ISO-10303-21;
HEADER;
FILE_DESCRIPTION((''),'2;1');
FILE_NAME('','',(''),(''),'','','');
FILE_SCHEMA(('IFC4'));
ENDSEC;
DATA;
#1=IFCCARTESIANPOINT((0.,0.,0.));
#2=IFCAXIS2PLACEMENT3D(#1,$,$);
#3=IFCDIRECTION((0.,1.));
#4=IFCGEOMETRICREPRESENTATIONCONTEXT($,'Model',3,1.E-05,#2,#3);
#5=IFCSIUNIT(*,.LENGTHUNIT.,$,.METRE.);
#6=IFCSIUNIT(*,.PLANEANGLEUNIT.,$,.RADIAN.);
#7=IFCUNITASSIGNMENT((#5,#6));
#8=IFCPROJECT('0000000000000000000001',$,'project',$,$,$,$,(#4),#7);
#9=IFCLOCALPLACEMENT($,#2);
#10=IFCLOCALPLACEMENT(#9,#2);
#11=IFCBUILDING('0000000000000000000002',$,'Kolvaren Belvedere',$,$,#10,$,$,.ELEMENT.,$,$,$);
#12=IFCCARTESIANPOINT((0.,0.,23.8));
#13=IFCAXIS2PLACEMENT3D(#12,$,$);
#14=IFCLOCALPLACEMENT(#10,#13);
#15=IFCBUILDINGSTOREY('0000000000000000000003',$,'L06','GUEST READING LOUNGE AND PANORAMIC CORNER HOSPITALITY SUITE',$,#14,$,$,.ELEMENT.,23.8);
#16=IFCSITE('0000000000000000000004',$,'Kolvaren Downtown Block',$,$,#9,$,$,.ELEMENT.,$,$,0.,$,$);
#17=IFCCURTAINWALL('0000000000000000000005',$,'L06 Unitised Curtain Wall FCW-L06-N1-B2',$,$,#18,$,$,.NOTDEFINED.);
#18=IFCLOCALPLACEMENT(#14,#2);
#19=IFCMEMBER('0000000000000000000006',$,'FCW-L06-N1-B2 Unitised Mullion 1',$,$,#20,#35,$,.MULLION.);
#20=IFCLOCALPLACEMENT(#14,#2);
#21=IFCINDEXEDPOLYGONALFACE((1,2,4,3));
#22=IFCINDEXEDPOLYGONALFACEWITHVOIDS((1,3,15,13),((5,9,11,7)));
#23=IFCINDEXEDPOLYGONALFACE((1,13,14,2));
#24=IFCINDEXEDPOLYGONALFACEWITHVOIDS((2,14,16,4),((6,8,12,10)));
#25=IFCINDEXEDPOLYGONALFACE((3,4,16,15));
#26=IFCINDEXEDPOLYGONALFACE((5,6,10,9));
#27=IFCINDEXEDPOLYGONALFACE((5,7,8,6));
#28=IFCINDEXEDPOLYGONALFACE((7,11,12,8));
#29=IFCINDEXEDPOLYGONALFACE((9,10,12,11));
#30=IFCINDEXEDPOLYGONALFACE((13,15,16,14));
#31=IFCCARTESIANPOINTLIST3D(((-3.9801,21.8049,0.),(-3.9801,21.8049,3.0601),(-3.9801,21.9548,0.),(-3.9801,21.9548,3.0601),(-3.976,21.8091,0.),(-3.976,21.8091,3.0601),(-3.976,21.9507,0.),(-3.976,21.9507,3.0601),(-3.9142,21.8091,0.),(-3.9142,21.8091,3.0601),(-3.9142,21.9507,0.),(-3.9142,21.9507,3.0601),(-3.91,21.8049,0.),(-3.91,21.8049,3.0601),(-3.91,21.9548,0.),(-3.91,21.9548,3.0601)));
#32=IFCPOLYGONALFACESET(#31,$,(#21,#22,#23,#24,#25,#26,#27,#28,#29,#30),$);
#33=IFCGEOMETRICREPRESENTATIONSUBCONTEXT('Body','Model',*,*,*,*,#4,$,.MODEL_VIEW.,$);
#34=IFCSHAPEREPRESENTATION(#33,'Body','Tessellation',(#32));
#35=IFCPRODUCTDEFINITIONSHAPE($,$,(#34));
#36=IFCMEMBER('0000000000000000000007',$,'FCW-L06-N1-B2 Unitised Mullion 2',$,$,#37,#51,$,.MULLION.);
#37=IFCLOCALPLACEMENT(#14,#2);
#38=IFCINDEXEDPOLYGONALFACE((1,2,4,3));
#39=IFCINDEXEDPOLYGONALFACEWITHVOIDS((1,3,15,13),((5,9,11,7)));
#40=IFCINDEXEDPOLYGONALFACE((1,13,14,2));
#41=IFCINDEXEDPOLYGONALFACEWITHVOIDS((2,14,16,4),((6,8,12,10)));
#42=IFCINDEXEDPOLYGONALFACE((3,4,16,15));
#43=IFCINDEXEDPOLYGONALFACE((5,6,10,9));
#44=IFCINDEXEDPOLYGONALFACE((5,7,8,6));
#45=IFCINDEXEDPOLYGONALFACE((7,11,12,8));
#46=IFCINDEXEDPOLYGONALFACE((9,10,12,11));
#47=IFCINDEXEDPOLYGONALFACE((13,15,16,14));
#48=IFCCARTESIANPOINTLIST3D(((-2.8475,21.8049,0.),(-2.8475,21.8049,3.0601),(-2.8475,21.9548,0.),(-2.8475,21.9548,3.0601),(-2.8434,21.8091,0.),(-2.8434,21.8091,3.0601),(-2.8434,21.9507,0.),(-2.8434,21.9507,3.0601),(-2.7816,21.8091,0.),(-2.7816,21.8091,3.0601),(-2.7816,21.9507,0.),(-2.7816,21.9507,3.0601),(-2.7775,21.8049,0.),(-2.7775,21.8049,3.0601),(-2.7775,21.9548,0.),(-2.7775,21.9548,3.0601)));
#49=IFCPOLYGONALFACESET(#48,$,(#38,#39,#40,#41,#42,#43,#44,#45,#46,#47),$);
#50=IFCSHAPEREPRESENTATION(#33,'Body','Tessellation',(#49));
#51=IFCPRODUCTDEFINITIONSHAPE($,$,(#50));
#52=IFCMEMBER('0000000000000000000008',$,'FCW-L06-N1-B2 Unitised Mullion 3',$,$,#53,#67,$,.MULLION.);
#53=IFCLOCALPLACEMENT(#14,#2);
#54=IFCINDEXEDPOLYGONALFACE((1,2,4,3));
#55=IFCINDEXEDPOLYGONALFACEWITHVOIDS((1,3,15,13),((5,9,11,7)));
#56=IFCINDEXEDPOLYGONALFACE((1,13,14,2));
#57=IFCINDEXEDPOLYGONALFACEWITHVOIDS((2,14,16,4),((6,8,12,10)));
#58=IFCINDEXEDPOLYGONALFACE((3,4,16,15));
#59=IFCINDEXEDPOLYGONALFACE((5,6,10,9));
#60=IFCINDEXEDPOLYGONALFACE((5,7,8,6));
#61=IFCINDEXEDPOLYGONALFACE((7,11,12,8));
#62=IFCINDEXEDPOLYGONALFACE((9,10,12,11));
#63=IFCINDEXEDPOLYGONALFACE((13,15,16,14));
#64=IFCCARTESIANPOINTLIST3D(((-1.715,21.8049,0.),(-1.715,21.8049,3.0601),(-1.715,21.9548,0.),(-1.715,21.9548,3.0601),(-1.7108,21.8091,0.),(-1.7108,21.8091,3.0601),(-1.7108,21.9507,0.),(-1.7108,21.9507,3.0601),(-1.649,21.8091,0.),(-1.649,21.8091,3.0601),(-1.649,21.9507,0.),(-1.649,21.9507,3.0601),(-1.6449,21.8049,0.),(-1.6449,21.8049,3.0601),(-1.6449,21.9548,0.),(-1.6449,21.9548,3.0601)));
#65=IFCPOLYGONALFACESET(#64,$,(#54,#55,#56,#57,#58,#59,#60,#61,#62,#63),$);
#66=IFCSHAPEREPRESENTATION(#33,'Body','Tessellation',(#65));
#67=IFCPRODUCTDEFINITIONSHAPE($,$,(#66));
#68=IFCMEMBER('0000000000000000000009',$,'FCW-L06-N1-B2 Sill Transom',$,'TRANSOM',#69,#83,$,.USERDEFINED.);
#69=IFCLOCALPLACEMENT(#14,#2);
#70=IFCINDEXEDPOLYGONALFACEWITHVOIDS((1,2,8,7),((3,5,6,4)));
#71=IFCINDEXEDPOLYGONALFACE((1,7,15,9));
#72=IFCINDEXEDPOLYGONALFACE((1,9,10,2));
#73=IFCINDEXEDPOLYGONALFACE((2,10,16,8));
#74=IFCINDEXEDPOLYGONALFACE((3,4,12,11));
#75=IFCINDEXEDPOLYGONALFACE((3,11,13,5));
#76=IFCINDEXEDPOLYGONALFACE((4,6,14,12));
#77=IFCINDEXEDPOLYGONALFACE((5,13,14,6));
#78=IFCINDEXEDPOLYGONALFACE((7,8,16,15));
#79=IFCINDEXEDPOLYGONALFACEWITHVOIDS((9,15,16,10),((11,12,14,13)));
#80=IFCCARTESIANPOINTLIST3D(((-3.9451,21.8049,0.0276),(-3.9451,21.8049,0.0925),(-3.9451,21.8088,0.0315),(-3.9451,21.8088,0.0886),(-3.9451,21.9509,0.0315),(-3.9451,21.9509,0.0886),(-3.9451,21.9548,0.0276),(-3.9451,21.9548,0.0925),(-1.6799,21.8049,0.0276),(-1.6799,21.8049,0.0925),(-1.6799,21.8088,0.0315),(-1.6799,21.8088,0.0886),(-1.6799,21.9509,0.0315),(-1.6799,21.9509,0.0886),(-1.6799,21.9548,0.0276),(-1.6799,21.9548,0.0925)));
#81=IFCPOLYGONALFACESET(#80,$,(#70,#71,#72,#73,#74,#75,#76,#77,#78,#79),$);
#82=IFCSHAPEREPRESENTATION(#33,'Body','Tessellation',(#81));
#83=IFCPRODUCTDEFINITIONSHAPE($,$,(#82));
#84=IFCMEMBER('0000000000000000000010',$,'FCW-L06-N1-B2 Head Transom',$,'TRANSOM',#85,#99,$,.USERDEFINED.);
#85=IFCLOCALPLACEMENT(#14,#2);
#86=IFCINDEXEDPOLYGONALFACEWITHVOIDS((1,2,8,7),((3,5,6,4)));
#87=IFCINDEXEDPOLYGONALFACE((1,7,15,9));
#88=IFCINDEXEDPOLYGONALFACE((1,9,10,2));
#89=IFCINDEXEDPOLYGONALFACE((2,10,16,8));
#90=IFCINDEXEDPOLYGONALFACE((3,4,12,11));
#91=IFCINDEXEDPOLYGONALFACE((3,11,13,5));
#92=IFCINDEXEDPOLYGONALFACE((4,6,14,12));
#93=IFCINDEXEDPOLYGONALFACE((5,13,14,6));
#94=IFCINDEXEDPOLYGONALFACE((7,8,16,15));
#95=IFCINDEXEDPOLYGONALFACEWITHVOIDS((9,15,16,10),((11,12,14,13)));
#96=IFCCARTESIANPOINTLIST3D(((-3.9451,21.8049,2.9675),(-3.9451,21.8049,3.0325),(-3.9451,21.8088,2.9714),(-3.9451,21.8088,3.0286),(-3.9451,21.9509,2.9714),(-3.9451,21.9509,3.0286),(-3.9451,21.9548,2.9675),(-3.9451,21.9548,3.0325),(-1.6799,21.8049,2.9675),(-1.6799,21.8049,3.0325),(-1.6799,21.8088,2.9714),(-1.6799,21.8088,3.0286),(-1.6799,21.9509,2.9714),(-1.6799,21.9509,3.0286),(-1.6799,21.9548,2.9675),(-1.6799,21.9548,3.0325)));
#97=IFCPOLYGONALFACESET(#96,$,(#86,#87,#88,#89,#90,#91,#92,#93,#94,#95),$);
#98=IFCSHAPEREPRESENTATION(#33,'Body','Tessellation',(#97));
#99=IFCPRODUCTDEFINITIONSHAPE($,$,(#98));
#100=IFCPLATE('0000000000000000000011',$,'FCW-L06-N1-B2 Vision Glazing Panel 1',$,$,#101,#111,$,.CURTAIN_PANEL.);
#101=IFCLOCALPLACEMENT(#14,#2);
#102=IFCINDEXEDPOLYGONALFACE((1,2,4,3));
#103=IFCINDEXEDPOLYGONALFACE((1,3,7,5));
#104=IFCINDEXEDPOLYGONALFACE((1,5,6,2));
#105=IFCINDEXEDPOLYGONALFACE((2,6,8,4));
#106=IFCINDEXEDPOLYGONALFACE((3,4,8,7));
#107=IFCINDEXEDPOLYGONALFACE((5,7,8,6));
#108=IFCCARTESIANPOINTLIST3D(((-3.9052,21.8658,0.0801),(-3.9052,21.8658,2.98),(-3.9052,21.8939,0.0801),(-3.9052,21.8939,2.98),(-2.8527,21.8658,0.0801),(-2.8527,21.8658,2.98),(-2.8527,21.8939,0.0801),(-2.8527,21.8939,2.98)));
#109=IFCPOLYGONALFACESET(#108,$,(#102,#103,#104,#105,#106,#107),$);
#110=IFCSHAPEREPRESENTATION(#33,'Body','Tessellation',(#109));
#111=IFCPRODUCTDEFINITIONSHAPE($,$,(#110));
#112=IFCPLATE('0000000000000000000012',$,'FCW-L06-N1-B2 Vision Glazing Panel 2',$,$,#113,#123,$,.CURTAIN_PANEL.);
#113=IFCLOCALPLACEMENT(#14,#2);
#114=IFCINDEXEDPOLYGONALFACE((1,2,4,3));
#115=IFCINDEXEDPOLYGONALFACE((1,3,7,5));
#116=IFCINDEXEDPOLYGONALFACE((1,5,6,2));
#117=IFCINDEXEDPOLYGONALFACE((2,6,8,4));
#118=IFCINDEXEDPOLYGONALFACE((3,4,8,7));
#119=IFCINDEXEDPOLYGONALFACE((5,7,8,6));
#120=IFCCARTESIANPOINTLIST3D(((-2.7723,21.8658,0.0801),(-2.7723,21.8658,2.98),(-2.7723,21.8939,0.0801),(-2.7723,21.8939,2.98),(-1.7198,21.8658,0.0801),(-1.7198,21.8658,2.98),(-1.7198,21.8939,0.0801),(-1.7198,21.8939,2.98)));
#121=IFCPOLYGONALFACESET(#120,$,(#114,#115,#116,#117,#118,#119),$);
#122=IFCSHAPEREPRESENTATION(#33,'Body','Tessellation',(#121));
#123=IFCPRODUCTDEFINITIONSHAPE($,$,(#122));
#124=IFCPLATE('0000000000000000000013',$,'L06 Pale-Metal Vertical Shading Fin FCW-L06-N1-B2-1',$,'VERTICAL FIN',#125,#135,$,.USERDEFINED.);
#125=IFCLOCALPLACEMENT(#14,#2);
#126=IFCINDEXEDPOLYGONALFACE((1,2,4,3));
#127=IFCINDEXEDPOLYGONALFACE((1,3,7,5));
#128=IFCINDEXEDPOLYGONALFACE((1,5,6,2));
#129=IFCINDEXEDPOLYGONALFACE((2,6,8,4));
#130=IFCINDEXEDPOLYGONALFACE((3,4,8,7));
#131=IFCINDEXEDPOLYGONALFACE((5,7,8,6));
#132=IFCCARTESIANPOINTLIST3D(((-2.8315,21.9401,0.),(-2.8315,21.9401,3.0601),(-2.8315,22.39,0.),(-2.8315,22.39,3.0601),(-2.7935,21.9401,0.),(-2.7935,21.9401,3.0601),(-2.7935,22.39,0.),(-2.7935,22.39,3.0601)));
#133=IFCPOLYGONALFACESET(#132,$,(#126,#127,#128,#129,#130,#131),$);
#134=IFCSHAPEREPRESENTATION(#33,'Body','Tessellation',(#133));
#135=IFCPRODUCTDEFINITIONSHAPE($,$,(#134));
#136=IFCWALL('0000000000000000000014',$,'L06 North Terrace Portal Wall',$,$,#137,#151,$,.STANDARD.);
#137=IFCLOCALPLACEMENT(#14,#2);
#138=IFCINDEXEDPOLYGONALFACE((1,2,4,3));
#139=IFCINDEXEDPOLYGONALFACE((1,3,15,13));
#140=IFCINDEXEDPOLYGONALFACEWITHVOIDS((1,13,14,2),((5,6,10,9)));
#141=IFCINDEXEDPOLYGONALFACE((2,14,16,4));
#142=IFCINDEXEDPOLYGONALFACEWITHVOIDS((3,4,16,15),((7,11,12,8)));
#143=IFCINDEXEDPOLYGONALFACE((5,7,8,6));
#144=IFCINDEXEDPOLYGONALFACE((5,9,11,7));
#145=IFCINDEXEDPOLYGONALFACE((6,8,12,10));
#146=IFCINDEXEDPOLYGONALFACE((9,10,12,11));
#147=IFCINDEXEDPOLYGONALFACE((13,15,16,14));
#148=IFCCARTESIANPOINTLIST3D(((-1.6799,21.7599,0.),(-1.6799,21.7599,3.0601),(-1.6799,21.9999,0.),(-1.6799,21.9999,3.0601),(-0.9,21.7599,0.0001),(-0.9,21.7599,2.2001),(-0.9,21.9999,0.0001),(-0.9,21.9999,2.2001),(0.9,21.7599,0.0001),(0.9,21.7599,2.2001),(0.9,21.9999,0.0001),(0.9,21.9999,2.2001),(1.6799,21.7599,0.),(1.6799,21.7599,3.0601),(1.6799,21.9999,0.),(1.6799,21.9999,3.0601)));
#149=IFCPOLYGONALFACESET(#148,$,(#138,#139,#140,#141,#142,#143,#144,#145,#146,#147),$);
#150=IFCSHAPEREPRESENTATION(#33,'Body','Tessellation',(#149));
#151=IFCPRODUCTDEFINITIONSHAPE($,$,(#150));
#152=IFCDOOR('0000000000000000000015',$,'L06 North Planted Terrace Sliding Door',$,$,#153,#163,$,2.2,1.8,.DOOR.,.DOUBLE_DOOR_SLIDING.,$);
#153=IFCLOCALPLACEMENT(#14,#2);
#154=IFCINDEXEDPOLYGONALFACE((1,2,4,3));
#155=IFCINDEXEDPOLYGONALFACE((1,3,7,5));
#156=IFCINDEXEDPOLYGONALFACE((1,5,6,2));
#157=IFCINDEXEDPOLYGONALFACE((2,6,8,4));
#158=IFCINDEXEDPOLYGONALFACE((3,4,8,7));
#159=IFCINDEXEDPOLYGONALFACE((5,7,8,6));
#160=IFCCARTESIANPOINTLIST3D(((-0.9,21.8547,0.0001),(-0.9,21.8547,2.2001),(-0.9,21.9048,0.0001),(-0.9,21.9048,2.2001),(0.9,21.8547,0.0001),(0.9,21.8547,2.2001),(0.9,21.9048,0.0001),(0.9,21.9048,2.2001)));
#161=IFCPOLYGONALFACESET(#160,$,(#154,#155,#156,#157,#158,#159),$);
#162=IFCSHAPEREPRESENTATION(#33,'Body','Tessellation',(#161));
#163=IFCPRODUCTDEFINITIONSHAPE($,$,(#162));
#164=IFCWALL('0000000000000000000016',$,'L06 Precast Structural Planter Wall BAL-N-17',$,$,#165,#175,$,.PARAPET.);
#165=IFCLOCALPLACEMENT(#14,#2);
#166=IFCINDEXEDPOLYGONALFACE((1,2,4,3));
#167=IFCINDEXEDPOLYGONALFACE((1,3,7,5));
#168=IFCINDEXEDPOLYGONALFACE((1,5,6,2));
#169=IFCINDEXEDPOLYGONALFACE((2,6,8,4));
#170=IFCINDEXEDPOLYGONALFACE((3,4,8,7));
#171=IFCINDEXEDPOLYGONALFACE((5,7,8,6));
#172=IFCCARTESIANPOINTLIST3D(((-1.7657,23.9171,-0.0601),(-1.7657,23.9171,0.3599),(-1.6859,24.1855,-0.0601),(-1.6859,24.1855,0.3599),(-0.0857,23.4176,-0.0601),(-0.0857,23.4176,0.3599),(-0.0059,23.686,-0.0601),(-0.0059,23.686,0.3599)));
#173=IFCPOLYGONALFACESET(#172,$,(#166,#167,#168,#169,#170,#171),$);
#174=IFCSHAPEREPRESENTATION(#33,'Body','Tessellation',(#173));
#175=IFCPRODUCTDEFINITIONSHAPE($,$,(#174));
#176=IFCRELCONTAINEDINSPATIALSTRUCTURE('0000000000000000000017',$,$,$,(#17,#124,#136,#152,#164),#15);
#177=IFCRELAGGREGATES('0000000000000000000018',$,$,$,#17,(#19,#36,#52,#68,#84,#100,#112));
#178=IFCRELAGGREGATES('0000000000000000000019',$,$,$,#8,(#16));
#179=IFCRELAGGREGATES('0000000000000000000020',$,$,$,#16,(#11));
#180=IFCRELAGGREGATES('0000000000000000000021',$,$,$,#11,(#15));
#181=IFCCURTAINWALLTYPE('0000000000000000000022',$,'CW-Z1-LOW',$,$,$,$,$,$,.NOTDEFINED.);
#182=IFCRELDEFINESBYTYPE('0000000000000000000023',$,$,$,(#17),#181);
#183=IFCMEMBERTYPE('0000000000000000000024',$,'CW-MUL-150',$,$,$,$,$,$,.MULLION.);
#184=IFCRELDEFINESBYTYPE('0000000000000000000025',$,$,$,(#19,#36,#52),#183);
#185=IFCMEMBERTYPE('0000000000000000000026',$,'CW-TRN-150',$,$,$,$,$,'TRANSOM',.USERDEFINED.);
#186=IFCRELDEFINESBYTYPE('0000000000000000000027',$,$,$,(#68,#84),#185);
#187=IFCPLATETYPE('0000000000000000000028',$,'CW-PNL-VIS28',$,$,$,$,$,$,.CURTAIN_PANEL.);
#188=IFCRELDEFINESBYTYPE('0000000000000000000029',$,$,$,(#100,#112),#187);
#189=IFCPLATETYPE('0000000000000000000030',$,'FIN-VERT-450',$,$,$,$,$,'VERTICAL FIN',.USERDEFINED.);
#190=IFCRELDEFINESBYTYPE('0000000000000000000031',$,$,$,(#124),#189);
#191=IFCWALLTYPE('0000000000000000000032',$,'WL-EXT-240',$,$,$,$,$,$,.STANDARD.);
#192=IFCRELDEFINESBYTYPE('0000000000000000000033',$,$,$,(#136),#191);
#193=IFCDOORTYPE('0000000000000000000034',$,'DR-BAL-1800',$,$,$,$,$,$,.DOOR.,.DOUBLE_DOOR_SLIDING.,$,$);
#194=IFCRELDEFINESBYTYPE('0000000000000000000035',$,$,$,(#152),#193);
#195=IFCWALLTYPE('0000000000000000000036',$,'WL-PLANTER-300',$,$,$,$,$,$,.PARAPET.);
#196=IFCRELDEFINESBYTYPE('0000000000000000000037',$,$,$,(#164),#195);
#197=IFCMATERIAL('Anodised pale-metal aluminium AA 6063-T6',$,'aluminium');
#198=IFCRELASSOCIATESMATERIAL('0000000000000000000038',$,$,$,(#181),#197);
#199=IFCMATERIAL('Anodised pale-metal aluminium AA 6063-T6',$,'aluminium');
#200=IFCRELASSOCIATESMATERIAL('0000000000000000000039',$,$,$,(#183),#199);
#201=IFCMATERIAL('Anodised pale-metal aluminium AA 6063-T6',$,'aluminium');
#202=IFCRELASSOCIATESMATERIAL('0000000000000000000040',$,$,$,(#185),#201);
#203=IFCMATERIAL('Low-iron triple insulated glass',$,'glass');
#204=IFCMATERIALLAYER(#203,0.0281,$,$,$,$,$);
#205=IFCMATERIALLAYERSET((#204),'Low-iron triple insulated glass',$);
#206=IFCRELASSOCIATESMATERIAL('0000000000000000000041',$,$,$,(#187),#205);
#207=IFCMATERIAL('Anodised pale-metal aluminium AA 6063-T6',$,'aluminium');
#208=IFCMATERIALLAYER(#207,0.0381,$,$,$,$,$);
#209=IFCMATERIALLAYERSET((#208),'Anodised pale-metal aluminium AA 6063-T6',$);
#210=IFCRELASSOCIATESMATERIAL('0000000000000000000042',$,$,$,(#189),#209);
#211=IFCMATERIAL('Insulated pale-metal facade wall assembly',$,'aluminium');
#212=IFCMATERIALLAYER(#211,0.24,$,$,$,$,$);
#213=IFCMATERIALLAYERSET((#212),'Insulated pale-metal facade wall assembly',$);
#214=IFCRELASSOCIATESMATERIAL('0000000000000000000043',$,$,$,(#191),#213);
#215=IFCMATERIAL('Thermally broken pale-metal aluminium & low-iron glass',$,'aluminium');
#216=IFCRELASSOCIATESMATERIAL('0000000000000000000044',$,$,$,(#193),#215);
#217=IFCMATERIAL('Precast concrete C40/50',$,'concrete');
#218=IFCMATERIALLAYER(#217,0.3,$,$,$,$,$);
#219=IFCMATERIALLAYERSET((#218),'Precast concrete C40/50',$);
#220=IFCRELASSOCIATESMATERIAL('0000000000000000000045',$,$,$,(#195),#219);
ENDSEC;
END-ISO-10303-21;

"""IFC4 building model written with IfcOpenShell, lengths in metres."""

from ifc_helpers import new_model, si_unit, direction, frame, frame_2d, origin, origin_2d, place, context, subcontext, project, spatial, rectangle, hollow_rectangle, extrude, material, layer, layer_set, material_profile, profile_set, type_object, element, fill, aggregate, save


model = new_model("IFC4")

# Units and contexts
model_context = context("Model", 3, precision=1e-05, world=origin(), true_north=direction((0.0, 1.0)))
body_context = subcontext(model_context, "Body", "Model", "MODEL_VIEW")
ifc_project = project(units=[si_unit("LENGTHUNIT", "METRE"), si_unit("PLANEANGLEUNIT", "RADIAN")], contexts=[model_context])

# Site, building, storey
site_placement = place(None, origin())
site = spatial("IfcSite", under=ifc_project, at=site_placement, Name="Kolvaren Downtown Block", CompositionType="ELEMENT", RefElevation=0.0)
building_placement = place(site_placement, origin())
building = spatial("IfcBuilding", under=site, at=building_placement, Name="Kolvaren Belvedere", CompositionType="ELEMENT")
storey_placement = place(building_placement, frame((0.0, 0.0, 23.8)))
storey = spatial("IfcBuildingStorey", under=building, at=storey_placement, Name="L06", Description="GUEST READING LOUNGE AND PANORAMIC CORNER HOSPITALITY SUITE", CompositionType="ELEMENT", Elevation=23.8)

# Shared definitions
ifc_material_1 = material(Name="Anodised pale-metal aluminium AA 6063-T6", Category="aluminium")
curtain_wall_type = type_object("IfcCurtainWallType", Name="CW-Z1-LOW", PredefinedType="NOTDEFINED", material=ifc_material_1)
ifc_material_2 = material(Name="Anodised pale-metal aluminium AA 6063-T6", Category="aluminium")
ifc_material_profile_1 = material_profile(ifc_material_2, hollow_rectangle(XDim=0.0701, YDim=0.1499, WallThickness=0.0042, at=origin_2d()), Name="ALU-MUL-150X70")
ifc_profile_set_1 = profile_set([ifc_material_profile_1], Name="Anodised pale-metal aluminium AA 6063-T6")
member_type_1 = type_object("IfcMemberType", Name="CW-MUL-150", PredefinedType="MULLION", material=ifc_profile_set_1)

# Curtain wall, members, plates
curtain_wall_1_placement = place(storey_placement, origin())
curtain_wall_1 = element("IfcCurtainWall", 1, at=curtain_wall_1_placement, inside=storey, type_object=curtain_wall_type, Name="L06 Unitised Curtain Wall FCW-L06-N1-B2", PredefinedType="NOTDEFINED")
member_1_placement = place(storey_placement, frame((-3.9451, 21.8799, 0.0), z_axis=(0.0, 0.0, 1.0), x_axis=(1.0, 0.0, 0.0)))
member_1 = element("IfcMember", 2, at=member_1_placement, type_object=member_type_1, Name="FCW-L06-N1-B2 Unitised Mullion 1", PredefinedType="MULLION", context=body_context, shape_type="SweptSolid", body=[
    extrude(hollow_rectangle(XDim=0.0701, YDim=0.1499, WallThickness=0.0042, at=origin_2d()), origin(), (0.0, 0.0, 1.0), 3.0601),
])
member_2_placement = place(storey_placement, frame((-2.8125, 21.8799, 0.0), z_axis=(0.0, 0.0, 1.0), x_axis=(1.0, 0.0, 0.0)))
member_2 = element("IfcMember", 3, at=member_2_placement, type_object=member_type_1, Name="FCW-L06-N1-B2 Unitised Mullion 2", PredefinedType="MULLION", context=body_context, shape_type="SweptSolid", body=[
    extrude(hollow_rectangle(XDim=0.0701, YDim=0.1499, WallThickness=0.0042, at=origin_2d()), origin(), (0.0, 0.0, 1.0), 3.0601),
])
member_3_placement = place(storey_placement, frame((-1.6799, 21.8799, 0.0), z_axis=(0.0, 0.0, 1.0), x_axis=(1.0, 0.0, 0.0)))
member_3 = element("IfcMember", 4, at=member_3_placement, type_object=member_type_1, Name="FCW-L06-N1-B2 Unitised Mullion 3", PredefinedType="MULLION", context=body_context, shape_type="SweptSolid", body=[
    extrude(hollow_rectangle(XDim=0.0701, YDim=0.1499, WallThickness=0.0042, at=origin_2d()), origin(), (0.0, 0.0, 1.0), 3.0601),
])
ifc_material_3 = material(Name="Anodised pale-metal aluminium AA 6063-T6", Category="aluminium")
ifc_material_profile_2 = material_profile(ifc_material_3, hollow_rectangle(XDim=0.0649, YDim=0.1499, WallThickness=0.0039, at=origin_2d()), Name="ALU-TRN-150X65")
ifc_profile_set_2 = profile_set([ifc_material_profile_2], Name="Anodised pale-metal aluminium AA 6063-T6")
member_type_2 = type_object("IfcMemberType", Name="CW-TRN-150", ElementType="TRANSOM", PredefinedType="USERDEFINED", material=ifc_profile_set_2)
member_4_placement = place(storey_placement, frame((-3.9451, 21.8799, 0.0601), z_axis=(1.0, 0.0, 0.0), x_axis=(0.0, 0.0, 1.0)))
member_4 = element("IfcMember", 5, at=member_4_placement, type_object=member_type_2, Name="FCW-L06-N1-B2 Sill Transom", ObjectType="TRANSOM", PredefinedType="USERDEFINED", context=body_context, shape_type="SweptSolid", body=[
    extrude(hollow_rectangle(XDim=0.0649, YDim=0.1499, WallThickness=0.0039, at=origin_2d()), origin(), (0.0, 0.0, 1.0), 2.2651),
])
member_5_placement = place(storey_placement, frame((-3.9451, 21.8799, 3.0), z_axis=(1.0, 0.0, 0.0), x_axis=(0.0, 0.0, 1.0)))
member_5 = element("IfcMember", 6, at=member_5_placement, type_object=member_type_2, Name="FCW-L06-N1-B2 Head Transom", ObjectType="TRANSOM", PredefinedType="USERDEFINED", context=body_context, shape_type="SweptSolid", body=[
    extrude(hollow_rectangle(XDim=0.0649, YDim=0.1499, WallThickness=0.0039, at=origin_2d()), origin(), (0.0, 0.0, 1.0), 2.2651),
])
ifc_material_4 = material(Name="Low-iron triple insulated glass", Category="glass")
ifc_layer_1 = layer(ifc_material_4, 0.0281)
ifc_layer_set_1 = layer_set([ifc_layer_1], Name="Low-iron triple insulated glass")
plate_type_1 = type_object("IfcPlateType", Name="CW-PNL-VIS28", PredefinedType="CURTAIN_PANEL", material=ifc_layer_set_1)
plate_1_placement = place(storey_placement, frame((-3.3789, 21.8799, 0.0801), z_axis=(0.0, 0.0, 1.0), x_axis=(1.0, 0.0, 0.0)))
plate_1 = element("IfcPlate", 7, at=plate_1_placement, type_object=plate_type_1, Name="FCW-L06-N1-B2 Vision Glazing Panel 1", PredefinedType="CURTAIN_PANEL", context=body_context, shape_type="SweptSolid", body=[
    extrude(rectangle(XDim=1.0525, YDim=0.0281, at=origin_2d()), origin(), (0.0, 0.0, 1.0), 2.8999),
])
plate_2_placement = place(storey_placement, frame((-2.2461, 21.8799, 0.0801), z_axis=(0.0, 0.0, 1.0), x_axis=(1.0, 0.0, 0.0)))
plate_2 = element("IfcPlate", 8, at=plate_2_placement, type_object=plate_type_1, Name="FCW-L06-N1-B2 Vision Glazing Panel 2", PredefinedType="CURTAIN_PANEL", context=body_context, shape_type="SweptSolid", body=[
    extrude(rectangle(XDim=1.0525, YDim=0.0281, at=origin_2d()), origin(), (0.0, 0.0, 1.0), 2.8999),
])
aggregate(curtain_wall_1, [member_1, member_2, member_3, member_4, member_5, plate_1, plate_2])

# Plate
ifc_material_5 = material(Name="Anodised pale-metal aluminium AA 6063-T6", Category="aluminium")
ifc_layer_2 = layer(ifc_material_5, 0.0381)
ifc_layer_set_2 = layer_set([ifc_layer_2], Name="Anodised pale-metal aluminium AA 6063-T6")
plate_type_2 = type_object("IfcPlateType", Name="FIN-VERT-450", ElementType="VERTICAL FIN", PredefinedType="USERDEFINED", material=ifc_layer_set_2)
plate_3_placement = place(storey_placement, frame((-2.8125, 22.165, 0.0), z_axis=(0.0, 0.0, 1.0), x_axis=(0.0, 1.0, 0.0)))
element("IfcPlate", 9, at=plate_3_placement, inside=storey, type_object=plate_type_2, Name="L06 Pale-Metal Vertical Shading Fin FCW-L06-N1-B2-1", ObjectType="VERTICAL FIN", PredefinedType="USERDEFINED", context=body_context, shape_type="SweptSolid", body=[
    extrude(rectangle(XDim=0.45, YDim=0.0381, at=origin_2d()), origin(), (0.0, 0.0, 1.0), 3.0601),
])

# Wall, opening, door
ifc_material_6 = material(Name="Insulated pale-metal facade wall assembly", Category="aluminium")
ifc_layer_3 = layer(ifc_material_6, 0.24)
ifc_layer_set_3 = layer_set([ifc_layer_3], Name="Insulated pale-metal facade wall assembly")
wall_type_1 = type_object("IfcWallType", Name="WL-EXT-240", PredefinedType="STANDARD", material=ifc_layer_set_3)
wall_1_placement = place(storey_placement, frame((-1.6799, 21.8799, 0.0), z_axis=(0.0, 0.0, 1.0), x_axis=(1.0, 0.0, 0.0)))
wall_1 = element("IfcWall", 10, at=wall_1_placement, inside=storey, type_object=wall_type_1, Name="L06 North Terrace Portal Wall", PredefinedType="STANDARD", context=body_context, shape_type="SweptSolid", body=[
    extrude(rectangle(XDim=3.3599, YDim=0.24, at=frame_2d((1.6799, 0.0))), origin(), (0.0, 0.0, 1.0), 3.0601),
])
opening_placement = place(wall_1_placement, frame((0.78, 0.0, 0.0)))
opening = element("IfcOpeningElement", 11, at=opening_placement, cuts=wall_1, PredefinedType="OPENING", context=body_context, shape_type="SweptSolid", body=[
    extrude(rectangle(XDim=1.8, YDim=2.2, at=frame_2d((0.8999, 1.1001))), frame((0.0, 0.1299, 0.0), z_axis=(0.0, -1.0, 0.0), x_axis=(1.0, 0.0, 0.0)), (0.0, 0.0, 1.0), 0.26),
])
ifc_material_7 = material(Name="Thermally broken pale-metal aluminium & low-iron glass", Category="aluminium")
door_type = type_object("IfcDoorType", Name="DR-BAL-1800", OperationType="DOUBLE_DOOR_SLIDING", PredefinedType="DOOR", material=ifc_material_7)
door_placement = place(opening_placement, origin())
door = element("IfcDoor", 12, at=door_placement, inside=storey, type_object=door_type, Name="L06 North Planted Terrace Sliding Door", OperationType="DOUBLE_DOOR_SLIDING", OverallHeight=2.2, OverallWidth=1.8, PredefinedType="DOOR", context=body_context, shape_type="SweptSolid", body=[
    extrude(rectangle(XDim=1.8, YDim=2.2, at=frame_2d((0.8999, 1.1001))), frame((0.0, 0.0249, 0.0), z_axis=(0.0, -1.0, 0.0), x_axis=(1.0, 0.0, 0.0)), (0.0, 0.0, 1.0), 0.05),
])
fill(opening, door)

# Wall
ifc_material_8 = material(Name="Precast concrete C40/50", Category="concrete")
ifc_layer_4 = layer(ifc_material_8, 0.3)
ifc_layer_set_4 = layer_set([ifc_layer_4], Name="Precast concrete C40/50")
wall_type_2 = type_object("IfcWallType", Name="WL-PLANTER-300", PredefinedType="PARAPET", material=ifc_layer_set_4)
wall_2_placement = place(storey_placement, frame((-0.0457, 23.5518, -0.0601), z_axis=(0.0, 0.0, 1.0), x_axis=(-0.958525, 0.285008, 0.0)))
element("IfcWall", 13, at=wall_2_placement, inside=storey, type_object=wall_type_2, Name="L06 Precast Structural Planter Wall BAL-N-17", PredefinedType="PARAPET", context=body_context, shape_type="SweptSolid", body=[
    extrude(rectangle(XDim=1.7527, YDim=0.28, at=frame_2d((0.8765, 0.0))), origin(), (0.0, 0.0, 1.0), 0.4199),
])

save(model, "model.ifc")
